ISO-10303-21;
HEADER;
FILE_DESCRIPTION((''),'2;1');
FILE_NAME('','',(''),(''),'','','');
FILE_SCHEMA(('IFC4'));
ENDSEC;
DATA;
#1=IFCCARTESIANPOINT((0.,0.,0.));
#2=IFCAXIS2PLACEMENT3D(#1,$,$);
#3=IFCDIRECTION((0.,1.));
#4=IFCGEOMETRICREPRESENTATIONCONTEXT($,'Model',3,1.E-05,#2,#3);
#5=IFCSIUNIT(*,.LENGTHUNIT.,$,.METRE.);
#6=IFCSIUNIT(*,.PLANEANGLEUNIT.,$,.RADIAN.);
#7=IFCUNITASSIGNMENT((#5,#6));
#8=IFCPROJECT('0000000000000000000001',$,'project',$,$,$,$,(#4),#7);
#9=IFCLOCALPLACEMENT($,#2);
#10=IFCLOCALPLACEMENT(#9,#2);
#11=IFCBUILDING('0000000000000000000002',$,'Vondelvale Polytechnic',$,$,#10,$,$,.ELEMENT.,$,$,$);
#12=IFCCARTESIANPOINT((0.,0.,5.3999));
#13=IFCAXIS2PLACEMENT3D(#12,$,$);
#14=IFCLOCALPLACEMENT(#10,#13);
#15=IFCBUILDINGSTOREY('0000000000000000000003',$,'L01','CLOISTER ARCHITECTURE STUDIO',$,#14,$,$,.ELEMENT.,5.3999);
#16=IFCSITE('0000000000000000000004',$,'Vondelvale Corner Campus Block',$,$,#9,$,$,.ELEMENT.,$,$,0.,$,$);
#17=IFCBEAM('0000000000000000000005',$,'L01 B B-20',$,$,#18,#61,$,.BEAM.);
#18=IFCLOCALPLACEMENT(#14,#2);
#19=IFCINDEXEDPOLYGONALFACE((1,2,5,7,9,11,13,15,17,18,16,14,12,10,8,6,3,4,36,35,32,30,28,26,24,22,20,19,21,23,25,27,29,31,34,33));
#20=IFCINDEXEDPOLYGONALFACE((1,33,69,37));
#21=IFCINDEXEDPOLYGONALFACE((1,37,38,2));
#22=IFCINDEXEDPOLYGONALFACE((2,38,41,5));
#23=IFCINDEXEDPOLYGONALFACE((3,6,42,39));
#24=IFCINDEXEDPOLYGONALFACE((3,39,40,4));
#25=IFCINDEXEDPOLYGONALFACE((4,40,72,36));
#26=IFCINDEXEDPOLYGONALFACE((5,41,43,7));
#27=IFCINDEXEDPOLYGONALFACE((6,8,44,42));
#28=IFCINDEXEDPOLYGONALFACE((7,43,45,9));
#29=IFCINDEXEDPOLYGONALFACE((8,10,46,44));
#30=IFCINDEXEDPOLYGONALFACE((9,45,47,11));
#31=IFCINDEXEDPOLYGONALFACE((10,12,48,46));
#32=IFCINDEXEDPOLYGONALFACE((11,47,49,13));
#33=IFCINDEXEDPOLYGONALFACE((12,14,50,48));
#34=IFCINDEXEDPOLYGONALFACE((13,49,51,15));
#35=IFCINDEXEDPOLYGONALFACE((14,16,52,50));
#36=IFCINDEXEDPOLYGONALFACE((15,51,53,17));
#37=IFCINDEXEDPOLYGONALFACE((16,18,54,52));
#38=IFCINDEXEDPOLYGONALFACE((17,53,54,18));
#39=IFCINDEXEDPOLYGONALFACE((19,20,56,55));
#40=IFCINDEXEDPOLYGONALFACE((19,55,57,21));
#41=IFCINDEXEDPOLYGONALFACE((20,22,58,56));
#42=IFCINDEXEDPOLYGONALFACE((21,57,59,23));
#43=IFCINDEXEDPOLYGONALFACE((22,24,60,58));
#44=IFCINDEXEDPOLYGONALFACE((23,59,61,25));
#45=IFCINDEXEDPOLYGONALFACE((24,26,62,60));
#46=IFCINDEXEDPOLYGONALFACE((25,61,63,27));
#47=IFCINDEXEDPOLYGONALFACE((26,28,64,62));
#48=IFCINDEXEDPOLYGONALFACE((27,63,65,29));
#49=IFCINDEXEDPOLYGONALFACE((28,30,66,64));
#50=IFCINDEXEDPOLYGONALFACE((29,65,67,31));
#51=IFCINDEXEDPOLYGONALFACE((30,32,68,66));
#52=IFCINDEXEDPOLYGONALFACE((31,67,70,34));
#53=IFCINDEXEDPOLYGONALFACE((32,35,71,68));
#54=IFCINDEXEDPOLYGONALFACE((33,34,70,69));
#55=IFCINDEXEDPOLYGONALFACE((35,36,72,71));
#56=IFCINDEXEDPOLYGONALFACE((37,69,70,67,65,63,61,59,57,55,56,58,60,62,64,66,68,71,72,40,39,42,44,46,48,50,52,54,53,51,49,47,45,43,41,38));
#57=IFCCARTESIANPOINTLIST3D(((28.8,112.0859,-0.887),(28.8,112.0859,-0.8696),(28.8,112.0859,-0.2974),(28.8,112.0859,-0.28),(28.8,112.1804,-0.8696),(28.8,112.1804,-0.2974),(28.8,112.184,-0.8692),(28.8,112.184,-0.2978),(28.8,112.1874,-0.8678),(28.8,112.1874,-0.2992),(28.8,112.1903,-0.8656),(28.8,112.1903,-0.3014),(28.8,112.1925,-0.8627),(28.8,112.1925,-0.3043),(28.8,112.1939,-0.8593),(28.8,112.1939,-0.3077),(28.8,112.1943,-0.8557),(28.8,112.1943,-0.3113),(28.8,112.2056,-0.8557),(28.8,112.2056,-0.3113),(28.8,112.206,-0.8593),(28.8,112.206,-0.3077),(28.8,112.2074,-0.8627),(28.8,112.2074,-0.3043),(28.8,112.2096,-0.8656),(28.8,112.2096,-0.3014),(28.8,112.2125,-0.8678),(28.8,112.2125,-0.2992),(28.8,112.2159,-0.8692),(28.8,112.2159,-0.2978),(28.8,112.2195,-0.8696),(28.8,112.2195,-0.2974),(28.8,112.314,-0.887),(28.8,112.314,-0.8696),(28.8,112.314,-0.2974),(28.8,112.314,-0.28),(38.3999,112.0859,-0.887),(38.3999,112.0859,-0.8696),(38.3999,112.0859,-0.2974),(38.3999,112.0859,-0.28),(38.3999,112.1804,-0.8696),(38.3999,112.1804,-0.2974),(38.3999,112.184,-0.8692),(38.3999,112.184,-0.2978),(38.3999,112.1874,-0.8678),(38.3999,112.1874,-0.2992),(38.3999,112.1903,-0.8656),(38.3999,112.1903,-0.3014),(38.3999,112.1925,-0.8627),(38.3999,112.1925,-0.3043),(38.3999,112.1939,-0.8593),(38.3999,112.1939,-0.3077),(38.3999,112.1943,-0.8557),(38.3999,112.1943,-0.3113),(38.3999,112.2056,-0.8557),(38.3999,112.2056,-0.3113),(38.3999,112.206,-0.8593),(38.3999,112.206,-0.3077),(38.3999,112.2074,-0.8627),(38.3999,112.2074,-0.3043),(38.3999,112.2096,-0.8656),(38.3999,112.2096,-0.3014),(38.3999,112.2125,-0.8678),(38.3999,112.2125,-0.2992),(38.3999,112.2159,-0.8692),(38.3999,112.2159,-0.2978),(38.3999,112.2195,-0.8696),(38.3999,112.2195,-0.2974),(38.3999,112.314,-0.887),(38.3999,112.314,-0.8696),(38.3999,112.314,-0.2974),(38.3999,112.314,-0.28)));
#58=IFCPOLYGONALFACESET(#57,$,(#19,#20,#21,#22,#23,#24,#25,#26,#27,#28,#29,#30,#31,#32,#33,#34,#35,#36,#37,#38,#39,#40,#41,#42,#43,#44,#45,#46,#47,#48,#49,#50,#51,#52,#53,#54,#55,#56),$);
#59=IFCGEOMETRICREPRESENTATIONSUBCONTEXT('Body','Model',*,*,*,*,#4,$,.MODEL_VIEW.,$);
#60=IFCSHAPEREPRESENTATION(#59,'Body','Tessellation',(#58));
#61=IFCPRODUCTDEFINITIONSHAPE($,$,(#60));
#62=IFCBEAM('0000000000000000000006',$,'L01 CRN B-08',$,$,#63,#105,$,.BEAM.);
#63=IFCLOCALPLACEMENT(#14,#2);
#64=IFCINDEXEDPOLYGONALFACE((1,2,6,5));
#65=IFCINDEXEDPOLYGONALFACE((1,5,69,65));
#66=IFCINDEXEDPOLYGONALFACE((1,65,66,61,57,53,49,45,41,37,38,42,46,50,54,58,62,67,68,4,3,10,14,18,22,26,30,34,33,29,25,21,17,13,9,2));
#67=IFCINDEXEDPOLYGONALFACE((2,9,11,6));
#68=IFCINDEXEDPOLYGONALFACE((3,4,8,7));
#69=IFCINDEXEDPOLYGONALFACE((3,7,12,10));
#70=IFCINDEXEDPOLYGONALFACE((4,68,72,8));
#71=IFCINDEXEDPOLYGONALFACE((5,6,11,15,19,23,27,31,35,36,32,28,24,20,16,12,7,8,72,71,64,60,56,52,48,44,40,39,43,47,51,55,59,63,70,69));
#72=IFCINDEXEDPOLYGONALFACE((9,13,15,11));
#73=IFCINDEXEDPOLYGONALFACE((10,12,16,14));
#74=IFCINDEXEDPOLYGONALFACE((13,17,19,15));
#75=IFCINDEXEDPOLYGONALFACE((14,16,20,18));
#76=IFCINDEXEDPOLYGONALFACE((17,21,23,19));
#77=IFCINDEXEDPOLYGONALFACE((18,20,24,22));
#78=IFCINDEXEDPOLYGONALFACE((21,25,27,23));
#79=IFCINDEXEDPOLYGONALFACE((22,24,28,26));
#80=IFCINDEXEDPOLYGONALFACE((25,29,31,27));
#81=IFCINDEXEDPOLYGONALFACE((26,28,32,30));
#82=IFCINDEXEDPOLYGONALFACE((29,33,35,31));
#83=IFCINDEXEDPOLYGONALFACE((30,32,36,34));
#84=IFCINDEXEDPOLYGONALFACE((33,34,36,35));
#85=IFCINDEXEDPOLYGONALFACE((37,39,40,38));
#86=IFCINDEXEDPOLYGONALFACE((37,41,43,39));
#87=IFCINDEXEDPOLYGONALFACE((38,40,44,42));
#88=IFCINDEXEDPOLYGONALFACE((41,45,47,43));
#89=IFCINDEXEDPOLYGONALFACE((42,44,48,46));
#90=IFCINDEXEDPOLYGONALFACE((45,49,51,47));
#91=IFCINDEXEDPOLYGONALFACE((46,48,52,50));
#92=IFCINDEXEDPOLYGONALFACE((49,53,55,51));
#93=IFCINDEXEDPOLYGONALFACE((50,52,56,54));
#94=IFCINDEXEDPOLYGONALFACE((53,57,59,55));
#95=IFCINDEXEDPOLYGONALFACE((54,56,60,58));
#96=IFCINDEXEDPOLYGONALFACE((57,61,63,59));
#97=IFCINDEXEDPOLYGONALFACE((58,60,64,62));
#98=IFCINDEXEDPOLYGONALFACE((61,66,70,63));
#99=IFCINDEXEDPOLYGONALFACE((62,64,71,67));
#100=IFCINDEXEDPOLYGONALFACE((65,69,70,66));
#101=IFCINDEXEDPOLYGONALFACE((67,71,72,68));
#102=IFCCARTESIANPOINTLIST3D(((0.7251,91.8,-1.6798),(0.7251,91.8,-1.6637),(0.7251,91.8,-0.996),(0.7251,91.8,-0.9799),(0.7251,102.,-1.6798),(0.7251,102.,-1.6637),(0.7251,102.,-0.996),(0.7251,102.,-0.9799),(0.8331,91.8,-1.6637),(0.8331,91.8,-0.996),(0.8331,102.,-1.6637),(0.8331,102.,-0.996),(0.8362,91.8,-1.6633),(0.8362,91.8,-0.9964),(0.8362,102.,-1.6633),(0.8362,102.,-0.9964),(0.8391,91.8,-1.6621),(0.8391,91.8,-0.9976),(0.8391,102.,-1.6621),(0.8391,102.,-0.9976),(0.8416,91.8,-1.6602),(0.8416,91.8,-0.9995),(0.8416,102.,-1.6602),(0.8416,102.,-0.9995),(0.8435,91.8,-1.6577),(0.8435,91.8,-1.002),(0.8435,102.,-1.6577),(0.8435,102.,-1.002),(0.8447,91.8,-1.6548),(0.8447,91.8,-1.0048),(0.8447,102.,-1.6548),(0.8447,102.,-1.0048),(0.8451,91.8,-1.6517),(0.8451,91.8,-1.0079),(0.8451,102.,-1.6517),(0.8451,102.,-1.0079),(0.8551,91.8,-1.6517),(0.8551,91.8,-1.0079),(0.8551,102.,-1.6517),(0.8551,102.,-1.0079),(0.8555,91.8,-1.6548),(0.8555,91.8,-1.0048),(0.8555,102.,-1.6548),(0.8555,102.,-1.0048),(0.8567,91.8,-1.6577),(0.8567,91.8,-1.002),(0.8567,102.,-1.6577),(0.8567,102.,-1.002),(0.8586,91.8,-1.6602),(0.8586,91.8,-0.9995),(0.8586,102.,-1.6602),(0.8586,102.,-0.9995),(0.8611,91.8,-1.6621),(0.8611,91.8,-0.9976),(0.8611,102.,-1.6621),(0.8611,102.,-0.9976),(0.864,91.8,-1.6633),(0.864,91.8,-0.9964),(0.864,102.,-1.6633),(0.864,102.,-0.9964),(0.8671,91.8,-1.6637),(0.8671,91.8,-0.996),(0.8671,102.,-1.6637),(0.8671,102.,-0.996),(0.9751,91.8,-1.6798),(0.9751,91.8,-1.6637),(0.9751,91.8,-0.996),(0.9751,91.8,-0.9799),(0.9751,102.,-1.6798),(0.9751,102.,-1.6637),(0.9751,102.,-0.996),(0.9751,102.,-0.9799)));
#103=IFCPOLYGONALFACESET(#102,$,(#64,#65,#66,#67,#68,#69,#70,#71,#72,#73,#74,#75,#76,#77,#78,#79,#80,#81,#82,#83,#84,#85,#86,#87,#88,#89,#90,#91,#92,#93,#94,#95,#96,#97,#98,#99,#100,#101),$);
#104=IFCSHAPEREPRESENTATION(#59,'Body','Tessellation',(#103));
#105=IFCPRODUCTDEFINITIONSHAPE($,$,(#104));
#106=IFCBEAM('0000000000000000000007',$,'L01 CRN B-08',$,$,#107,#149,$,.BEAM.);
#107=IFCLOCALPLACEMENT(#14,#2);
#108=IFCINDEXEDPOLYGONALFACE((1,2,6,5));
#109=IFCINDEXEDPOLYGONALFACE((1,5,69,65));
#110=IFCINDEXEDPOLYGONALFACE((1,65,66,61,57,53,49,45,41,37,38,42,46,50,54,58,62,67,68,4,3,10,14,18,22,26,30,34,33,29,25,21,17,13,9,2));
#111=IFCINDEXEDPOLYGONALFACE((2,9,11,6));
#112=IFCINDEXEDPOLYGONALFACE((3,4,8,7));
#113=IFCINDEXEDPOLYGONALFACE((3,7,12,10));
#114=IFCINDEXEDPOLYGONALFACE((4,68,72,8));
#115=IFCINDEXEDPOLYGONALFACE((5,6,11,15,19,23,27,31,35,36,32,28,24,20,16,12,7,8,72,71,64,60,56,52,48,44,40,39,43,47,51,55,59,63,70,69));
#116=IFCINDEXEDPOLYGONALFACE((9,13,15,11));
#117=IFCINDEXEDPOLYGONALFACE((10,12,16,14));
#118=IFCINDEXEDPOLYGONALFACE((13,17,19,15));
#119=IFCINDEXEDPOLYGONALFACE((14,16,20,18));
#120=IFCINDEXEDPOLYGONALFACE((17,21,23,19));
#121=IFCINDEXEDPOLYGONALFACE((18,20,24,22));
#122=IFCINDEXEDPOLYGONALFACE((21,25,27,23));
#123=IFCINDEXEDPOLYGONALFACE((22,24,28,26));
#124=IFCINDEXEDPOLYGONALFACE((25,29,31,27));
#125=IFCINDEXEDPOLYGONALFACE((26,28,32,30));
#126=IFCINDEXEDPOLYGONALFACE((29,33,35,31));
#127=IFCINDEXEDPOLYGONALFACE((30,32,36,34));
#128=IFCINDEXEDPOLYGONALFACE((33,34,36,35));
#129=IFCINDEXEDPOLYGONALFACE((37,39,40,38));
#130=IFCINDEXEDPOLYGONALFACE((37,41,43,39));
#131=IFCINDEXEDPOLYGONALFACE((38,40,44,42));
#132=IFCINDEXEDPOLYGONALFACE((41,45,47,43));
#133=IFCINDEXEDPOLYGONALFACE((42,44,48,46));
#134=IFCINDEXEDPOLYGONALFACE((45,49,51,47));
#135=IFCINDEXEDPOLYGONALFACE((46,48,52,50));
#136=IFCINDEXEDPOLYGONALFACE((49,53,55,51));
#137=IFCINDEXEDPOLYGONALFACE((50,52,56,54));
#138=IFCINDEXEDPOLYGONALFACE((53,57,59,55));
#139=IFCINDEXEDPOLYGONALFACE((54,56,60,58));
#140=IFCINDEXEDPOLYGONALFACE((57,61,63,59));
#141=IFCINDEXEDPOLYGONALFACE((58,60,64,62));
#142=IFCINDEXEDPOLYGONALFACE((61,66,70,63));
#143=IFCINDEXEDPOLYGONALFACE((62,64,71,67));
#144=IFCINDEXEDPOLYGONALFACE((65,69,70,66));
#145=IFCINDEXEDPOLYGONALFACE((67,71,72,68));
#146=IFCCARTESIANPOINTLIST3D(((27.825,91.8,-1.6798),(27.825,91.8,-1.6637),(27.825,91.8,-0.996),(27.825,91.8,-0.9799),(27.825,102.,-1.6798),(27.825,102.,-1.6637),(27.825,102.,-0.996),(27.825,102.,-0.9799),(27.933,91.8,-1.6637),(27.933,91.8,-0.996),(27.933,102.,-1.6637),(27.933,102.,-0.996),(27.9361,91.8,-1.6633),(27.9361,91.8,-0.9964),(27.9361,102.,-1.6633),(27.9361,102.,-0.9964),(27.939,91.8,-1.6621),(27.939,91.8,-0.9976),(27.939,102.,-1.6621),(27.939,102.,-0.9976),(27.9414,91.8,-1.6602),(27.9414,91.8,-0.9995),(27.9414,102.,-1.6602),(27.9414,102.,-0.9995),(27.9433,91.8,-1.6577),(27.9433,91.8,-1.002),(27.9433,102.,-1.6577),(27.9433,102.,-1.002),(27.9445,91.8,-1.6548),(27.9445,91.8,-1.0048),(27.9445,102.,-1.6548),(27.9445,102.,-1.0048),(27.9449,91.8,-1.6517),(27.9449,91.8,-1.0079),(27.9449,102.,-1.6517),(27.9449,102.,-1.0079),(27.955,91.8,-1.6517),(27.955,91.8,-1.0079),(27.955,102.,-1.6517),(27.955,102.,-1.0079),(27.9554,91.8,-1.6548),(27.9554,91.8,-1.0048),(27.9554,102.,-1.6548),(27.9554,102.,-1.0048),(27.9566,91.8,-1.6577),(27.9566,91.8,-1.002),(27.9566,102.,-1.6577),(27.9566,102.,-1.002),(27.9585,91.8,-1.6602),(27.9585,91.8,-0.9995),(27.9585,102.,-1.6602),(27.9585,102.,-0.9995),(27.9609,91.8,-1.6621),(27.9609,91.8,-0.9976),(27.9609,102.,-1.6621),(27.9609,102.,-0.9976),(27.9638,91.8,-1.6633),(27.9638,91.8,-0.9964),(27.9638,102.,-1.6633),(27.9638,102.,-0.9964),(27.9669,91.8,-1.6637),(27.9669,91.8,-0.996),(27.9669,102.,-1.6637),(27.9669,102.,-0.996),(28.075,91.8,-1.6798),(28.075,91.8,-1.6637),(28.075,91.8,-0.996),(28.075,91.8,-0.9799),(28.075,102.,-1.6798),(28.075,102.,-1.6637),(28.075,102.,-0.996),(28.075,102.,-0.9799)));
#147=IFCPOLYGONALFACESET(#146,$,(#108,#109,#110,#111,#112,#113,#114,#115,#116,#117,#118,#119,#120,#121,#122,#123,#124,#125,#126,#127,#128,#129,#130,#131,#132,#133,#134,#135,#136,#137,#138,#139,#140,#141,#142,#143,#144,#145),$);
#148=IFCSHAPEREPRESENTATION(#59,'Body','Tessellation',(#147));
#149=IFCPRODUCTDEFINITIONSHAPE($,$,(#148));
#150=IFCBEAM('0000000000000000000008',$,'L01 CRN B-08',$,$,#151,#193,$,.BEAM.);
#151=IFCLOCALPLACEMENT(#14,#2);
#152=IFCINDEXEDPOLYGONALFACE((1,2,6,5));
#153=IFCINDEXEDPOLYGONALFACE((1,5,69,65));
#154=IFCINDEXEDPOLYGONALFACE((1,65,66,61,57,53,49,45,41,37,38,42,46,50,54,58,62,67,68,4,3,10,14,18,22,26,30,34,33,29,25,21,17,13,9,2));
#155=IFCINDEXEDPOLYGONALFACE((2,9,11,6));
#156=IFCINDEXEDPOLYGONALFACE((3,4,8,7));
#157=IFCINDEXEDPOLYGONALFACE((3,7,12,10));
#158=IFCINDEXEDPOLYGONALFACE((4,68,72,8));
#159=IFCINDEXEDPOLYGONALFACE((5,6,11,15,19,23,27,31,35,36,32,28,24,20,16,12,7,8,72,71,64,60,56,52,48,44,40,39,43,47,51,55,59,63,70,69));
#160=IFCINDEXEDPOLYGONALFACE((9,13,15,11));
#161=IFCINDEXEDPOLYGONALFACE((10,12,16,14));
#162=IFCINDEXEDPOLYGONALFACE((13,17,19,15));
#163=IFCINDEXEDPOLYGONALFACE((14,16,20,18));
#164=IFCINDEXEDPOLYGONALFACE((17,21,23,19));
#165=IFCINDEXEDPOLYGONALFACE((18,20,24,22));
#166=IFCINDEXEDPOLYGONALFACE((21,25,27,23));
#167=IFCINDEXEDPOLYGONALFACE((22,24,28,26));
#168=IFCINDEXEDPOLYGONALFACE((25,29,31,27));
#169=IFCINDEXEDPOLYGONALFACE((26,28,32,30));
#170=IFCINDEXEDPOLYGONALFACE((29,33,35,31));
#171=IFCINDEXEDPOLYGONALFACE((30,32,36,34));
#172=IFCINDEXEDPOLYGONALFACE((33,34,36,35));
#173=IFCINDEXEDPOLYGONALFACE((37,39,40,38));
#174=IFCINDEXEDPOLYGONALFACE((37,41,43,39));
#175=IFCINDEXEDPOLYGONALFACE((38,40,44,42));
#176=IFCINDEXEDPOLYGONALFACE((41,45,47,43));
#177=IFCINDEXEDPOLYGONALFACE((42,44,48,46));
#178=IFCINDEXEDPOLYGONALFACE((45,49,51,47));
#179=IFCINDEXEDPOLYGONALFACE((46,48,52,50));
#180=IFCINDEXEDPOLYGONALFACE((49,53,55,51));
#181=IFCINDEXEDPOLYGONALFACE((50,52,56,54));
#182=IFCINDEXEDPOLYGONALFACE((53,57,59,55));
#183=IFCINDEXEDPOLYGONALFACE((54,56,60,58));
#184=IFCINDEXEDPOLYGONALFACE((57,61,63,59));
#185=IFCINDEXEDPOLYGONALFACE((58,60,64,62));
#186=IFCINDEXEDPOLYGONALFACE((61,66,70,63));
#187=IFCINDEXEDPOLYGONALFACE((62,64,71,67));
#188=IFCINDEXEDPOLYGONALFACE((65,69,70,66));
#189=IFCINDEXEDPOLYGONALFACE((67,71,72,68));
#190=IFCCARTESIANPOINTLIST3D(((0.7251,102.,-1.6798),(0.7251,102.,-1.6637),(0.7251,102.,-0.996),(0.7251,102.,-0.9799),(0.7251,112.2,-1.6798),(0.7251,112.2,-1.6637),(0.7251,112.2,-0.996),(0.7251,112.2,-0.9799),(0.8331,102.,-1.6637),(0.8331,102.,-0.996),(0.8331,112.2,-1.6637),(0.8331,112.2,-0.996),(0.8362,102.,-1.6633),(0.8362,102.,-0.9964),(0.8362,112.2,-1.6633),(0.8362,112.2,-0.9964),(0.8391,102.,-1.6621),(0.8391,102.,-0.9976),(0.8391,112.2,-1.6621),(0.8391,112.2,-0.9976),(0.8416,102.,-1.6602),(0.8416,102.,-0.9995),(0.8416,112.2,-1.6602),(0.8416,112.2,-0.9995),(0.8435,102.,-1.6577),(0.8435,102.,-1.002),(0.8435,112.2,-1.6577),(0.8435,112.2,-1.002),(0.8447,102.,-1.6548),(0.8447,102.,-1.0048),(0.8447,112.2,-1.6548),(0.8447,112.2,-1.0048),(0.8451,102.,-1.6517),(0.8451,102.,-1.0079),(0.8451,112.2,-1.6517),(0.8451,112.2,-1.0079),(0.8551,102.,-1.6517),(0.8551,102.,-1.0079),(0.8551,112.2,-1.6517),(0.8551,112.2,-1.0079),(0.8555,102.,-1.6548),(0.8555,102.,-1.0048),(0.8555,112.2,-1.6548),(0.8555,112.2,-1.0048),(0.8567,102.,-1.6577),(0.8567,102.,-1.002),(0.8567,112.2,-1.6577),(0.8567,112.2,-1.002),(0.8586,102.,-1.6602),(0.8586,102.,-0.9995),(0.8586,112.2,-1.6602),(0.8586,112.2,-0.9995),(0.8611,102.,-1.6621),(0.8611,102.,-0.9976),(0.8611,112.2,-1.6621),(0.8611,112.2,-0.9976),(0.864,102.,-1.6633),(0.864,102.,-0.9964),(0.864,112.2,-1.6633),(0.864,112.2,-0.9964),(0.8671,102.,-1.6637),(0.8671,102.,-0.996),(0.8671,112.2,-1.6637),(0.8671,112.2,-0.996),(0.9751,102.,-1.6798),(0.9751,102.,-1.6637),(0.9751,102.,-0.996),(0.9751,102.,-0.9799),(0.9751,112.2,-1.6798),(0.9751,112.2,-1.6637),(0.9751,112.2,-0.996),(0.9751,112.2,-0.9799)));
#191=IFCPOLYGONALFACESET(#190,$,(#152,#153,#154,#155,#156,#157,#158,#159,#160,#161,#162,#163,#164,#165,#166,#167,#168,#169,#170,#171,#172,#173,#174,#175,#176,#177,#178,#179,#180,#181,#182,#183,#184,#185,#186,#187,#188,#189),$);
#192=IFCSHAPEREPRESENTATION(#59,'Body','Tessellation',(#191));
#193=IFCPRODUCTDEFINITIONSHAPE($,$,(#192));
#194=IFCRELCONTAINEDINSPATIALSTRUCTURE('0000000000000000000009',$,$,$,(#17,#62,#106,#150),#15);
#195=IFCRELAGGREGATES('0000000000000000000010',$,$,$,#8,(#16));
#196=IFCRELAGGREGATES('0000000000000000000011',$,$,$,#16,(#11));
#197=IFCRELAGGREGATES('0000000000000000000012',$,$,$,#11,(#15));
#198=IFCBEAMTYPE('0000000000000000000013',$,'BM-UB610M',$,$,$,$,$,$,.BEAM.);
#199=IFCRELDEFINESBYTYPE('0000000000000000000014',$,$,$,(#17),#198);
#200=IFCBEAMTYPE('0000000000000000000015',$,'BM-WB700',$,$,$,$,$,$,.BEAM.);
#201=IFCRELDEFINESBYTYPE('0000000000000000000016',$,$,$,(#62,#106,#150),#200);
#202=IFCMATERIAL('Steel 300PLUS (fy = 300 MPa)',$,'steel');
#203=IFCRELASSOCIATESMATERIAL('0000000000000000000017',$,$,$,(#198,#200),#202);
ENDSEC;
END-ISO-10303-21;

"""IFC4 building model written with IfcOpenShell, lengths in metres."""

from ifc_helpers import new_model, si_unit, direction, frame, origin, origin_2d, place, context, subcontext, project, spatial, i_section, extrude, material, material_profile, profile_set, type_object, element, save


model = new_model("IFC4")

# Units and contexts
model_context = context("Model", 3, precision=1e-05, world=origin(), true_north=direction((0.0, 1.0)))
body_context = subcontext(model_context, "Body", "Model", "MODEL_VIEW")
ifc_project = project(units=[si_unit("LENGTHUNIT", "METRE"), si_unit("PLANEANGLEUNIT", "RADIAN")], contexts=[model_context])

# Site, building, storey
site_placement = place(None, origin())
site = spatial("IfcSite", under=ifc_project, at=site_placement, Name="Vondelvale Corner Campus Block", CompositionType="ELEMENT", RefElevation=0.0)
building_placement = place(site_placement, origin())
building = spatial("IfcBuilding", under=site, at=building_placement, Name="Vondelvale Polytechnic", CompositionType="ELEMENT")
storey_placement = place(building_placement, frame((0.0, 0.0, 5.3999)))
storey = spatial("IfcBuildingStorey", under=building, at=storey_placement, Name="L01", Description="CLOISTER ARCHITECTURE STUDIO", CompositionType="ELEMENT", Elevation=5.3999)

# Shared definitions
ifc_material_1 = material(Name="Steel 300PLUS (fy = 300 MPa)", Category="steel")

# Beams
ifc_material_profile_1 = material_profile(ifc_material_1, i_section(OverallWidth=0.228, OverallDepth=0.6069, WebThickness=0.0112, FlangeThickness=0.0173, FilletRadius=0.0139, at=origin_2d()), Name="610UB113")
ifc_profile_set_1 = profile_set([ifc_material_profile_1], Name="Steel 300PLUS (fy = 300 MPa)")
beam_type_1 = type_object("IfcBeamType", Name="BM-UB610M", PredefinedType="BEAM", material=ifc_profile_set_1)
for number, where, z_axis, x_axis, name in (
    (1, (28.8, 112.2, -0.5835), (1.0, 0.0, 0.0), (0.0, 1.0, 0.0), "L01 B B-20"),
):
    element("IfcBeam", number, at=place(storey_placement, frame(where, z_axis=z_axis, x_axis=x_axis)), inside=storey, type_object=beam_type_1, Name=name, PredefinedType="BEAM", context=body_context, shape_type="SweptSolid", body=[
        extrude(i_section(OverallWidth=0.228, OverallDepth=0.6069, WebThickness=0.0112, FlangeThickness=0.0173, FilletRadius=0.0139, at=origin_2d()), origin(), (0.0, 0.0, 1.0), 9.5999),
    ])
ifc_material_profile_2 = material_profile(ifc_material_1, i_section(OverallWidth=0.25, OverallDepth=0.7, WebThickness=0.01, FlangeThickness=0.0161, FilletRadius=0.012, at=origin_2d()), Name="700WB130")
ifc_profile_set_2 = profile_set([ifc_material_profile_2], Name="Steel 300PLUS (fy = 300 MPa)")
beam_type_2 = type_object("IfcBeamType", Name="BM-WB700", PredefinedType="BEAM", material=ifc_profile_set_2)
for number, where, z_axis, x_axis, name in (
    (2, (0.8501, 91.8, -1.3298), (0.0, 1.0, 0.0), (-1.0, 0.0, 0.0), "L01 CRN B-08"),
    (3, (27.95, 91.8, -1.3298), (0.0, 1.0, 0.0), (-1.0, 0.0, 0.0), "L01 CRN B-08"),
    (4, (0.8501, 102.0, -1.3298), (0.0, 1.0, 0.0), (-1.0, 0.0, 0.0), "L01 CRN B-08"),
):
    element("IfcBeam", number, at=place(storey_placement, frame(where, z_axis=z_axis, x_axis=x_axis)), inside=storey, type_object=beam_type_2, Name=name, PredefinedType="BEAM", context=body_context, shape_type="SweptSolid", body=[
        extrude(i_section(OverallWidth=0.25, OverallDepth=0.7, WebThickness=0.01, FlangeThickness=0.0161, FilletRadius=0.012, at=origin_2d()), origin(), (0.0, 0.0, 1.0), 10.2),
    ])

save(model, "model.ifc")
